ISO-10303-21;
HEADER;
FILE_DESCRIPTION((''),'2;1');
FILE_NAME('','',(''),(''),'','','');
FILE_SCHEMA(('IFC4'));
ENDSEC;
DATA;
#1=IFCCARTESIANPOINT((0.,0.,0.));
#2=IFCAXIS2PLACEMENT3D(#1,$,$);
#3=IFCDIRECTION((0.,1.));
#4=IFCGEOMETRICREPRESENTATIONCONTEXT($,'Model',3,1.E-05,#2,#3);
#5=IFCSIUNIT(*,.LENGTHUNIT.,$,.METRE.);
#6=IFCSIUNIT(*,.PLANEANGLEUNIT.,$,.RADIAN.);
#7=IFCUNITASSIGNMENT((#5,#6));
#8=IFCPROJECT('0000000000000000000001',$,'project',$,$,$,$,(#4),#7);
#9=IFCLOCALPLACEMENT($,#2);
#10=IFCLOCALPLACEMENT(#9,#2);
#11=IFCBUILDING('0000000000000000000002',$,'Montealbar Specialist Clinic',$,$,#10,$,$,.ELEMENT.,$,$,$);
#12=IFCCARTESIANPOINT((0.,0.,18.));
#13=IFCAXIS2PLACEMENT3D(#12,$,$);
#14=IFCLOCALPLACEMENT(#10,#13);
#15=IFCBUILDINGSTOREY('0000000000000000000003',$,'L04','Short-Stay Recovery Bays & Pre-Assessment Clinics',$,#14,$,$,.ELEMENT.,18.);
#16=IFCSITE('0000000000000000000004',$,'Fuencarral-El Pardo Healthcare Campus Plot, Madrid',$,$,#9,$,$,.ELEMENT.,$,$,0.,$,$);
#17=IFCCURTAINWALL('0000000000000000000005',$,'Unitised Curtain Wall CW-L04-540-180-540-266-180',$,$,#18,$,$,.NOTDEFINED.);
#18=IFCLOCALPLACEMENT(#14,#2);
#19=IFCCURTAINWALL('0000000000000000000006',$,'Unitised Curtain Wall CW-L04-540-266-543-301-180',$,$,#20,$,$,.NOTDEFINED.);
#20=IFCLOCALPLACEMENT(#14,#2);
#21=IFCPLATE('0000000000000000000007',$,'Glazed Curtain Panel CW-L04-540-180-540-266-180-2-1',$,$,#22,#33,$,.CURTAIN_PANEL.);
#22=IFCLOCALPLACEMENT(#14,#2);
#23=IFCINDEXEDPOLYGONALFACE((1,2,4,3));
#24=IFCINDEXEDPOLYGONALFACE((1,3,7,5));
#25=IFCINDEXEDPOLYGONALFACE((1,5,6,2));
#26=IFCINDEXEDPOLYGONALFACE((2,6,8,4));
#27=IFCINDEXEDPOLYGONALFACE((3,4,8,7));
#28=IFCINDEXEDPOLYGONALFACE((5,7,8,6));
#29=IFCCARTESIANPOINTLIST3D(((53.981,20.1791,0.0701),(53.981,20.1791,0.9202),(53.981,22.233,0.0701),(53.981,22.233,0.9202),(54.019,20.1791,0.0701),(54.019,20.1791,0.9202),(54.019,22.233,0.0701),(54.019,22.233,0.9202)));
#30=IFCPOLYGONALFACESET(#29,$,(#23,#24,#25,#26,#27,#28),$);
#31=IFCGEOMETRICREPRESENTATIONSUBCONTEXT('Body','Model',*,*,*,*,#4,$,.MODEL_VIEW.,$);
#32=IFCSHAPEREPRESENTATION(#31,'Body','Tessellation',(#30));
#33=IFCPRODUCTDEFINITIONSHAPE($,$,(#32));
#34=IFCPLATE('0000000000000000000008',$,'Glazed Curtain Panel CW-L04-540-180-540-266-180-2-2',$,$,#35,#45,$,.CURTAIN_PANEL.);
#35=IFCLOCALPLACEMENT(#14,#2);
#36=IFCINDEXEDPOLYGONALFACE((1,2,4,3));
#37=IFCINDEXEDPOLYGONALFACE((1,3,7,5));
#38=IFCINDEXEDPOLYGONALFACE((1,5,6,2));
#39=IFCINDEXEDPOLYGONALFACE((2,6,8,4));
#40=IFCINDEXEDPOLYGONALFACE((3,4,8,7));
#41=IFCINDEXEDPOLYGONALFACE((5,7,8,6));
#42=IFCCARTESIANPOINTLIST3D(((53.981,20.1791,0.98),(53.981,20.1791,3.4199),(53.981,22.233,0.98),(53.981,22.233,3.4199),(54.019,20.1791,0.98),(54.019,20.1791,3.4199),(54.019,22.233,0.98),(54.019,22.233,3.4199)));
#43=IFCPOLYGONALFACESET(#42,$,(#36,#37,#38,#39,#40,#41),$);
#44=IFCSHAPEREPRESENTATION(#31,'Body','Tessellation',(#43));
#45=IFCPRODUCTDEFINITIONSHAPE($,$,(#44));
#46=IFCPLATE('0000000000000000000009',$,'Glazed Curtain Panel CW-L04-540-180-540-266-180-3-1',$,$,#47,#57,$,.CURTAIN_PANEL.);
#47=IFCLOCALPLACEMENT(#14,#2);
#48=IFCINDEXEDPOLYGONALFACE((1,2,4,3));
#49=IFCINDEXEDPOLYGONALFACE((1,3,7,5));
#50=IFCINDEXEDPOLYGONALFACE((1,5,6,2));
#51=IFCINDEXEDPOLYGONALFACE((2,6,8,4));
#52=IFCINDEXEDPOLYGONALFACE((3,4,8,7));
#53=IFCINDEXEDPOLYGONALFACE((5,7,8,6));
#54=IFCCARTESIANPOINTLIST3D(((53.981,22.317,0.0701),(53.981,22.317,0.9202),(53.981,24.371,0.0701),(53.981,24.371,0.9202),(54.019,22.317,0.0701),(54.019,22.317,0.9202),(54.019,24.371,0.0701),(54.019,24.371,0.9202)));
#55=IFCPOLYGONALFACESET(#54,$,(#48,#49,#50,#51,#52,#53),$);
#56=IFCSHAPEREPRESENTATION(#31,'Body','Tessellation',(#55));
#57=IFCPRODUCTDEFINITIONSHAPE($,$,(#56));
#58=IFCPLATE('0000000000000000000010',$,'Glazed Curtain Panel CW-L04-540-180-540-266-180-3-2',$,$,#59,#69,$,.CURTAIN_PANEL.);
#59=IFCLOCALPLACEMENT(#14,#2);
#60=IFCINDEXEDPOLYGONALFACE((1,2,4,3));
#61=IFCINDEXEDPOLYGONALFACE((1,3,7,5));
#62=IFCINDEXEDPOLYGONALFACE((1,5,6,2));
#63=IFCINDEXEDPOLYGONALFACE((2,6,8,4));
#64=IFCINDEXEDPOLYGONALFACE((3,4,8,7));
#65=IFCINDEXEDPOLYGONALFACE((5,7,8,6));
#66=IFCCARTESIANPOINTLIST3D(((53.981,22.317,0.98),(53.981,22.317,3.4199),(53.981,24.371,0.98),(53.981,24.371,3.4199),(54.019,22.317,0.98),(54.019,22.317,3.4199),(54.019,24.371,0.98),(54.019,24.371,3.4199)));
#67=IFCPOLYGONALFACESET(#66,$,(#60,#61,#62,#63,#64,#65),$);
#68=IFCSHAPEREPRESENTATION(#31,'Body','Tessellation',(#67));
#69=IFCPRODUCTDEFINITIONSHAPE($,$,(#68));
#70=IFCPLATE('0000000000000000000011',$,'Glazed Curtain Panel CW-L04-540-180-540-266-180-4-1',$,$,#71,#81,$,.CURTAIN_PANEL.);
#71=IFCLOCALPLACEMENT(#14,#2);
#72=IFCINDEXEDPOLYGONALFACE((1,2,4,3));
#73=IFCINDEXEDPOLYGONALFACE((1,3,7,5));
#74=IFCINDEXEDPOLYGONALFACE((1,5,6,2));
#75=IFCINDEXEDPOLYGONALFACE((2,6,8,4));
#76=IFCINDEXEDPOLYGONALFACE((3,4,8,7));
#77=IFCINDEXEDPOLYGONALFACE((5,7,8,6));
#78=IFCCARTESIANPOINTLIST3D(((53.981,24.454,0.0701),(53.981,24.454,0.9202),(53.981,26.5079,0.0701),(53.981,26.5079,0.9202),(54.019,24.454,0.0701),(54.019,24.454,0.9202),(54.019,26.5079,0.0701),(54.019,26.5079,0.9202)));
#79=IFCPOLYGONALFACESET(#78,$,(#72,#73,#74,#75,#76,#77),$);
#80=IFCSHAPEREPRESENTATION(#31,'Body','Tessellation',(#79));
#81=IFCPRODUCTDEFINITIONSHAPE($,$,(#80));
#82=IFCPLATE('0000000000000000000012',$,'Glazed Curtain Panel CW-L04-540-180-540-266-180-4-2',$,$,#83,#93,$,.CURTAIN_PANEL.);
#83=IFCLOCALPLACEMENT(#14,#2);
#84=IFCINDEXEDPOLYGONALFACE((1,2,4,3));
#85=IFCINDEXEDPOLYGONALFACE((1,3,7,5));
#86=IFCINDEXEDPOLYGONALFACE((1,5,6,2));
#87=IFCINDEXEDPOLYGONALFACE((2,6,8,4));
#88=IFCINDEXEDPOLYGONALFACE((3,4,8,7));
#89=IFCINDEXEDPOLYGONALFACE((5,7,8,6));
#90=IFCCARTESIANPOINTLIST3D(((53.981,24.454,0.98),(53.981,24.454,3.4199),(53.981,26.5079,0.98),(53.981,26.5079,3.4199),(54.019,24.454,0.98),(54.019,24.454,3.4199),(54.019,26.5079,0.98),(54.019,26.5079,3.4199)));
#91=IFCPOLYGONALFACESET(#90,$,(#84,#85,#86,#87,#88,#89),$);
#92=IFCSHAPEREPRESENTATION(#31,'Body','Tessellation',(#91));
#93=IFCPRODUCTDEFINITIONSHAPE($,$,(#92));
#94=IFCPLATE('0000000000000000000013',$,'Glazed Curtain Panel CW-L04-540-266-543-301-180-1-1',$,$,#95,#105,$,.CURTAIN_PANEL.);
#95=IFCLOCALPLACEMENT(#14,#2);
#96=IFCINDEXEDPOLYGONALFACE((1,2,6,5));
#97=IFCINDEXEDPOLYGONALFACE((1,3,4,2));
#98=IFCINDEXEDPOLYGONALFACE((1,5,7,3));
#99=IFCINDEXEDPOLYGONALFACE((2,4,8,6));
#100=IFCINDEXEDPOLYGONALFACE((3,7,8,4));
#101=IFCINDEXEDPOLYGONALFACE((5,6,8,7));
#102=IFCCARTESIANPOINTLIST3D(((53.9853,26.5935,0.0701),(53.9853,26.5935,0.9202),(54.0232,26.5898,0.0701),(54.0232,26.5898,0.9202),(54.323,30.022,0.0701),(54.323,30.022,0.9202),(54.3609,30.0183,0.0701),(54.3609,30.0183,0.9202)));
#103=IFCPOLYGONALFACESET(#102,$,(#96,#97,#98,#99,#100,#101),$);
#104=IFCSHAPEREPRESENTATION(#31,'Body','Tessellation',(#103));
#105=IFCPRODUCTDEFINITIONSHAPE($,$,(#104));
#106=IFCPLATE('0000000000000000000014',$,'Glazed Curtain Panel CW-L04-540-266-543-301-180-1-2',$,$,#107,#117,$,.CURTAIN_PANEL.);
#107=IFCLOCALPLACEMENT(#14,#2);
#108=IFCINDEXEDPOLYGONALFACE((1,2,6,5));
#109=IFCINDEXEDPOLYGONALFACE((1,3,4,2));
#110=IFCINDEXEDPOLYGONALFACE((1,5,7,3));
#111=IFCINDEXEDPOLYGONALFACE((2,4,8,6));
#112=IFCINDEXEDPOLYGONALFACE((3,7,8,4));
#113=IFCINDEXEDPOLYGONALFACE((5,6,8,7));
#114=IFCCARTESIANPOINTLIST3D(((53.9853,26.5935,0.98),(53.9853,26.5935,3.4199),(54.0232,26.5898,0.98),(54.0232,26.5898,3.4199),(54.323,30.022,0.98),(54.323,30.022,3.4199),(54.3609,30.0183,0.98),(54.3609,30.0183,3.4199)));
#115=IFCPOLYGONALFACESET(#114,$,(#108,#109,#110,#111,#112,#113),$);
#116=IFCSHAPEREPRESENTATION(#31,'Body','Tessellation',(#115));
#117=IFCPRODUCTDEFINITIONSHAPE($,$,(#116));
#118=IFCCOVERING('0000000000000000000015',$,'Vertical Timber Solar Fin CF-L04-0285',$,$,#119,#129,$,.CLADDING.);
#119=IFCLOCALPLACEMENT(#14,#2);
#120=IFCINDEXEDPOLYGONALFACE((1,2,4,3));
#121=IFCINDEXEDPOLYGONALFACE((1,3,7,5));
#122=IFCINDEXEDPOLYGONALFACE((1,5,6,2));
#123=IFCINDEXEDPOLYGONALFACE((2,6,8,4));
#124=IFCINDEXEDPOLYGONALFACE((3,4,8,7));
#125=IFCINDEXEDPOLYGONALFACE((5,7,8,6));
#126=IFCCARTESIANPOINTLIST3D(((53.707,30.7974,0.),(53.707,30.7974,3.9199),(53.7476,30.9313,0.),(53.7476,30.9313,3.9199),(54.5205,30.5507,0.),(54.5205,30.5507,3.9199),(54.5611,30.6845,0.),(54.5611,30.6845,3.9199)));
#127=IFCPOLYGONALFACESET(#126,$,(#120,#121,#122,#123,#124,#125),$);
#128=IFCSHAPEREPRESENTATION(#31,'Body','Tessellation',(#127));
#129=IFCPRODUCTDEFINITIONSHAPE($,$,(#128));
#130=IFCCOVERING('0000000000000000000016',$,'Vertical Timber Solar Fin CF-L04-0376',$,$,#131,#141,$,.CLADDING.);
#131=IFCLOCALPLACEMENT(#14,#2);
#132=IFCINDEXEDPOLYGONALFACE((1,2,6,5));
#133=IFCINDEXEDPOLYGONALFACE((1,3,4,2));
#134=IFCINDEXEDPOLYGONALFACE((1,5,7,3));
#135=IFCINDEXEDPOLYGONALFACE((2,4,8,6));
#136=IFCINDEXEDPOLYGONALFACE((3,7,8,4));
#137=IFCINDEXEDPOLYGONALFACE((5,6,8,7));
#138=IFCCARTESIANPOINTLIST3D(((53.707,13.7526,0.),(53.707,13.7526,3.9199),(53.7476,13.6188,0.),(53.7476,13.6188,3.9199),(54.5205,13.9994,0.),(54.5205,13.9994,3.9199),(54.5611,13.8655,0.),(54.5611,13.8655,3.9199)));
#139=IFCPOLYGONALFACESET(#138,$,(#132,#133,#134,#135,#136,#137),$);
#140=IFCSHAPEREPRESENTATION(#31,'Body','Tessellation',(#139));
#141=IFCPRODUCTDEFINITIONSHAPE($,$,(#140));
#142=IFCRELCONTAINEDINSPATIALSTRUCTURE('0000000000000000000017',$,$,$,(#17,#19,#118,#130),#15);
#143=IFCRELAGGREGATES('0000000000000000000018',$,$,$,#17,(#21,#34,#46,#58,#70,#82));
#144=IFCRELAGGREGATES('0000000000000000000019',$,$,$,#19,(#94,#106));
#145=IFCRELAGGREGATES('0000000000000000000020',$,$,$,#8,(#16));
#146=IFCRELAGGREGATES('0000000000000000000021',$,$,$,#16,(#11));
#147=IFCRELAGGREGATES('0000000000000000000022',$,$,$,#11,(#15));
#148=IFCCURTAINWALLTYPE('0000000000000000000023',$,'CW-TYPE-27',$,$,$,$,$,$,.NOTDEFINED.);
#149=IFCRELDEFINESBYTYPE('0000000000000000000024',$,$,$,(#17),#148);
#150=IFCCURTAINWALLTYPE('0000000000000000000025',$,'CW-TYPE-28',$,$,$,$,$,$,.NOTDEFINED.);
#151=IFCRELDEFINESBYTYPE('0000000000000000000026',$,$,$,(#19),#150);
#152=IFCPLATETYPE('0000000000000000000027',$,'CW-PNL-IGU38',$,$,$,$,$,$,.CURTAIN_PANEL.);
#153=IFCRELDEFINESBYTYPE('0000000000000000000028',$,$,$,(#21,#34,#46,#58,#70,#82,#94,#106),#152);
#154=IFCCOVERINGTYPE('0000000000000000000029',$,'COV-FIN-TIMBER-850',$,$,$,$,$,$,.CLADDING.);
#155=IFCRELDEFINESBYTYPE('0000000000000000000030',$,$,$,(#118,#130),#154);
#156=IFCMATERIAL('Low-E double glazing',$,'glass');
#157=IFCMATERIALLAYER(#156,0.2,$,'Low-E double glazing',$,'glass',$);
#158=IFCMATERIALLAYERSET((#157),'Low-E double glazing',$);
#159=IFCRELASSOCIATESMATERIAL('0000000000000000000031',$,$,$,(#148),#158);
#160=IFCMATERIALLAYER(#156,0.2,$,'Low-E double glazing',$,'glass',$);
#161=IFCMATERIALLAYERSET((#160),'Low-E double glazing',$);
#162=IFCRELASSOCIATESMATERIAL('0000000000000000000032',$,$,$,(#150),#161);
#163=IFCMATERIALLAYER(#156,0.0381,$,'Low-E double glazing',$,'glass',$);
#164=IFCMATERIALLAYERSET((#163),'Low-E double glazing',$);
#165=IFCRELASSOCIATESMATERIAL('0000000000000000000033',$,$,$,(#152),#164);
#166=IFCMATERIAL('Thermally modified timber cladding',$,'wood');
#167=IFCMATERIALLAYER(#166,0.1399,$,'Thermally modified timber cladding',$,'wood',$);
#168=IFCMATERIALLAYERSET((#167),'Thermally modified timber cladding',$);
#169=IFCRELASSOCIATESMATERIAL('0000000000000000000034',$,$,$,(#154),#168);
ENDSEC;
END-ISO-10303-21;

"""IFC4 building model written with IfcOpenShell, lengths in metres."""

from ifc_helpers import new_model, si_unit, direction, frame, origin, origin_2d, place, context, subcontext, project, spatial, rectangle, extrude, material, layer, layer_set, type_object, element, aggregate, save


model = new_model("IFC4")

# Units and contexts
model_context = context("Model", 3, precision=1e-05, world=origin(), true_north=direction((0.0, 1.0)))
body_context = subcontext(model_context, "Body", "Model", "MODEL_VIEW")
ifc_project = project(units=[si_unit("LENGTHUNIT", "METRE"), si_unit("PLANEANGLEUNIT", "RADIAN")], contexts=[model_context])

# Site, building, storey
site_placement = place(None, origin())
site = spatial("IfcSite", under=ifc_project, at=site_placement, Name="Fuencarral-El Pardo Healthcare Campus Plot, Madrid", CompositionType="ELEMENT", RefElevation=0.0)
building_placement = place(site_placement, origin())
building = spatial("IfcBuilding", under=site, at=building_placement, Name="Montealbar Specialist Clinic", CompositionType="ELEMENT")
storey_placement = place(building_placement, frame((0.0, 0.0, 18.0)))
storey = spatial("IfcBuildingStorey", under=building, at=storey_placement, Name="L04", Description="Short-Stay Recovery Bays & Pre-Assessment Clinics", CompositionType="ELEMENT", Elevation=18.0)

# Curtain wall
ifc_material_1 = material(Name="Low-E double glazing", Category="glass")
ifc_layer_1 = layer(ifc_material_1, 0.2, Name="Low-E double glazing", Category="glass")
ifc_layer_set_1 = layer_set([ifc_layer_1], Name="Low-E double glazing")
curtain_wall_type_1 = type_object("IfcCurtainWallType", Name="CW-TYPE-27", PredefinedType="NOTDEFINED", material=ifc_layer_set_1)
curtain_wall_1_placement = place(storey_placement, origin())
curtain_wall_1 = element("IfcCurtainWall", 1, at=curtain_wall_1_placement, inside=storey, type_object=curtain_wall_type_1, Name="Unitised Curtain Wall CW-L04-540-180-540-266-180", PredefinedType="NOTDEFINED")

# Curtain wall
ifc_layer_2 = layer(ifc_material_1, 0.2, Name="Low-E double glazing", Category="glass")
ifc_layer_set_2 = layer_set([ifc_layer_2], Name="Low-E double glazing")
curtain_wall_type_2 = type_object("IfcCurtainWallType", Name="CW-TYPE-28", PredefinedType="NOTDEFINED", material=ifc_layer_set_2)
curtain_wall_2_placement = place(storey_placement, origin())
curtain_wall_2 = element("IfcCurtainWall", 2, at=curtain_wall_2_placement, inside=storey, type_object=curtain_wall_type_2, Name="Unitised Curtain Wall CW-L04-540-266-543-301-180", PredefinedType="NOTDEFINED")

# Plates
ifc_layer_3 = layer(ifc_material_1, 0.0381, Name="Low-E double glazing", Category="glass")
ifc_layer_set_3 = layer_set([ifc_layer_3], Name="Low-E double glazing")
plate_type = type_object("IfcPlateType", Name="CW-PNL-IGU38", PredefinedType="CURTAIN_PANEL", material=ifc_layer_set_3)
plate_1_placement = place(storey_placement, frame((54.0, 21.2061, 0.0701), z_axis=(0.0, 0.0, 1.0), x_axis=(0.0, 1.0, 0.0)))
plate_1 = element("IfcPlate", 3, at=plate_1_placement, type_object=plate_type, Name="Glazed Curtain Panel CW-L04-540-180-540-266-180-2-1", PredefinedType="CURTAIN_PANEL", context=body_context, shape_type="SweptSolid", body=[
    extrude(rectangle(XDim=2.054, YDim=0.0381, at=origin_2d()), origin(), (0.0, 0.0, 1.0), 0.8501),
])
plate_2_placement = place(storey_placement, frame((54.0, 21.2061, 0.98), z_axis=(0.0, 0.0, 1.0), x_axis=(0.0, 1.0, 0.0)))
plate_2 = element("IfcPlate", 4, at=plate_2_placement, type_object=plate_type, Name="Glazed Curtain Panel CW-L04-540-180-540-266-180-2-2", PredefinedType="CURTAIN_PANEL", context=body_context, shape_type="SweptSolid", body=[
    extrude(rectangle(XDim=2.054, YDim=0.0381, at=origin_2d()), origin(), (0.0, 0.0, 1.0), 2.4399),
])
plate_3_placement = place(storey_placement, frame((54.0, 23.344, 0.0701), z_axis=(0.0, 0.0, 1.0), x_axis=(0.0, 1.0, 0.0)))
plate_3 = element("IfcPlate", 5, at=plate_3_placement, type_object=plate_type, Name="Glazed Curtain Panel CW-L04-540-180-540-266-180-3-1", PredefinedType="CURTAIN_PANEL", context=body_context, shape_type="SweptSolid", body=[
    extrude(rectangle(XDim=2.054, YDim=0.0381, at=origin_2d()), origin(), (0.0, 0.0, 1.0), 0.8501),
])
plate_4_placement = place(storey_placement, frame((54.0, 23.344, 0.98), z_axis=(0.0, 0.0, 1.0), x_axis=(0.0, 1.0, 0.0)))
plate_4 = element("IfcPlate", 6, at=plate_4_placement, type_object=plate_type, Name="Glazed Curtain Panel CW-L04-540-180-540-266-180-3-2", PredefinedType="CURTAIN_PANEL", context=body_context, shape_type="SweptSolid", body=[
    extrude(rectangle(XDim=2.054, YDim=0.0381, at=origin_2d()), origin(), (0.0, 0.0, 1.0), 2.4399),
])
plate_5_placement = place(storey_placement, frame((54.0, 25.481, 0.0701), z_axis=(0.0, 0.0, 1.0), x_axis=(0.0, 1.0, 0.0)))
plate_5 = element("IfcPlate", 7, at=plate_5_placement, type_object=plate_type, Name="Glazed Curtain Panel CW-L04-540-180-540-266-180-4-1", PredefinedType="CURTAIN_PANEL", context=body_context, shape_type="SweptSolid", body=[
    extrude(rectangle(XDim=2.054, YDim=0.0381, at=origin_2d()), origin(), (0.0, 0.0, 1.0), 0.8501),
])
plate_6_placement = place(storey_placement, frame((54.0, 25.481, 0.98), z_axis=(0.0, 0.0, 1.0), x_axis=(0.0, 1.0, 0.0)))
plate_6 = element("IfcPlate", 8, at=plate_6_placement, type_object=plate_type, Name="Glazed Curtain Panel CW-L04-540-180-540-266-180-4-2", PredefinedType="CURTAIN_PANEL", context=body_context, shape_type="SweptSolid", body=[
    extrude(rectangle(XDim=2.054, YDim=0.0381, at=origin_2d()), origin(), (0.0, 0.0, 1.0), 2.4399),
])
aggregate(curtain_wall_1, [plate_1, plate_2, plate_3, plate_4, plate_5, plate_6])
plate_7_placement = place(storey_placement, frame((54.1731, 28.3059, 0.0701), z_axis=(0.0, 0.0, 1.0), x_axis=(0.098045, 0.995182, 0.0)))
plate_7 = element("IfcPlate", 9, at=plate_7_placement, type_object=plate_type, Name="Glazed Curtain Panel CW-L04-540-266-543-301-180-1-1", PredefinedType="CURTAIN_PANEL", context=body_context, shape_type="SweptSolid", body=[
    extrude(rectangle(XDim=3.4451, YDim=0.0381, at=origin_2d()), origin(), (0.0, 0.0, 1.0), 0.8501),
])
plate_8_placement = place(storey_placement, frame((54.1731, 28.3059, 0.98), z_axis=(0.0, 0.0, 1.0), x_axis=(0.098045, 0.995182, 0.0)))
plate_8 = element("IfcPlate", 10, at=plate_8_placement, type_object=plate_type, Name="Glazed Curtain Panel CW-L04-540-266-543-301-180-1-2", PredefinedType="CURTAIN_PANEL", context=body_context, shape_type="SweptSolid", body=[
    extrude(rectangle(XDim=3.4451, YDim=0.0381, at=origin_2d()), origin(), (0.0, 0.0, 1.0), 2.4399),
])
aggregate(curtain_wall_2, [plate_7, plate_8])

# Coverings
ifc_material_2 = material(Name="Thermally modified timber cladding", Category="wood")
ifc_layer_4 = layer(ifc_material_2, 0.1399, Name="Thermally modified timber cladding", Category="wood")
ifc_layer_set_4 = layer_set([ifc_layer_4], Name="Thermally modified timber cladding")
covering_type = type_object("IfcCoveringType", Name="COV-FIN-TIMBER-850", PredefinedType="CLADDING", material=ifc_layer_set_4)
for number, where, z_axis, x_axis, name in (
    (11, (54.134, 30.741, 0.0), (0.0, 0.0, 1.0), (-0.956948, 0.290259, 0.0), "Vertical Timber Solar Fin CF-L04-0285"),
    (12, (54.134, 13.8091, 0.0), (0.0, 0.0, 1.0), (-0.956948, -0.290259, 0.0), "Vertical Timber Solar Fin CF-L04-0376"),
):
    element("IfcCovering", number, at=place(storey_placement, frame(where, z_axis=z_axis, x_axis=x_axis)), inside=storey, type_object=covering_type, Name=name, PredefinedType="CLADDING", context=body_context, shape_type="SweptSolid", body=[
        extrude(rectangle(XDim=0.8501, YDim=0.1399, at=origin_2d()), origin(), (0.0, 0.0, 1.0), 3.9199),
    ])

save(model, "model.ifc")
